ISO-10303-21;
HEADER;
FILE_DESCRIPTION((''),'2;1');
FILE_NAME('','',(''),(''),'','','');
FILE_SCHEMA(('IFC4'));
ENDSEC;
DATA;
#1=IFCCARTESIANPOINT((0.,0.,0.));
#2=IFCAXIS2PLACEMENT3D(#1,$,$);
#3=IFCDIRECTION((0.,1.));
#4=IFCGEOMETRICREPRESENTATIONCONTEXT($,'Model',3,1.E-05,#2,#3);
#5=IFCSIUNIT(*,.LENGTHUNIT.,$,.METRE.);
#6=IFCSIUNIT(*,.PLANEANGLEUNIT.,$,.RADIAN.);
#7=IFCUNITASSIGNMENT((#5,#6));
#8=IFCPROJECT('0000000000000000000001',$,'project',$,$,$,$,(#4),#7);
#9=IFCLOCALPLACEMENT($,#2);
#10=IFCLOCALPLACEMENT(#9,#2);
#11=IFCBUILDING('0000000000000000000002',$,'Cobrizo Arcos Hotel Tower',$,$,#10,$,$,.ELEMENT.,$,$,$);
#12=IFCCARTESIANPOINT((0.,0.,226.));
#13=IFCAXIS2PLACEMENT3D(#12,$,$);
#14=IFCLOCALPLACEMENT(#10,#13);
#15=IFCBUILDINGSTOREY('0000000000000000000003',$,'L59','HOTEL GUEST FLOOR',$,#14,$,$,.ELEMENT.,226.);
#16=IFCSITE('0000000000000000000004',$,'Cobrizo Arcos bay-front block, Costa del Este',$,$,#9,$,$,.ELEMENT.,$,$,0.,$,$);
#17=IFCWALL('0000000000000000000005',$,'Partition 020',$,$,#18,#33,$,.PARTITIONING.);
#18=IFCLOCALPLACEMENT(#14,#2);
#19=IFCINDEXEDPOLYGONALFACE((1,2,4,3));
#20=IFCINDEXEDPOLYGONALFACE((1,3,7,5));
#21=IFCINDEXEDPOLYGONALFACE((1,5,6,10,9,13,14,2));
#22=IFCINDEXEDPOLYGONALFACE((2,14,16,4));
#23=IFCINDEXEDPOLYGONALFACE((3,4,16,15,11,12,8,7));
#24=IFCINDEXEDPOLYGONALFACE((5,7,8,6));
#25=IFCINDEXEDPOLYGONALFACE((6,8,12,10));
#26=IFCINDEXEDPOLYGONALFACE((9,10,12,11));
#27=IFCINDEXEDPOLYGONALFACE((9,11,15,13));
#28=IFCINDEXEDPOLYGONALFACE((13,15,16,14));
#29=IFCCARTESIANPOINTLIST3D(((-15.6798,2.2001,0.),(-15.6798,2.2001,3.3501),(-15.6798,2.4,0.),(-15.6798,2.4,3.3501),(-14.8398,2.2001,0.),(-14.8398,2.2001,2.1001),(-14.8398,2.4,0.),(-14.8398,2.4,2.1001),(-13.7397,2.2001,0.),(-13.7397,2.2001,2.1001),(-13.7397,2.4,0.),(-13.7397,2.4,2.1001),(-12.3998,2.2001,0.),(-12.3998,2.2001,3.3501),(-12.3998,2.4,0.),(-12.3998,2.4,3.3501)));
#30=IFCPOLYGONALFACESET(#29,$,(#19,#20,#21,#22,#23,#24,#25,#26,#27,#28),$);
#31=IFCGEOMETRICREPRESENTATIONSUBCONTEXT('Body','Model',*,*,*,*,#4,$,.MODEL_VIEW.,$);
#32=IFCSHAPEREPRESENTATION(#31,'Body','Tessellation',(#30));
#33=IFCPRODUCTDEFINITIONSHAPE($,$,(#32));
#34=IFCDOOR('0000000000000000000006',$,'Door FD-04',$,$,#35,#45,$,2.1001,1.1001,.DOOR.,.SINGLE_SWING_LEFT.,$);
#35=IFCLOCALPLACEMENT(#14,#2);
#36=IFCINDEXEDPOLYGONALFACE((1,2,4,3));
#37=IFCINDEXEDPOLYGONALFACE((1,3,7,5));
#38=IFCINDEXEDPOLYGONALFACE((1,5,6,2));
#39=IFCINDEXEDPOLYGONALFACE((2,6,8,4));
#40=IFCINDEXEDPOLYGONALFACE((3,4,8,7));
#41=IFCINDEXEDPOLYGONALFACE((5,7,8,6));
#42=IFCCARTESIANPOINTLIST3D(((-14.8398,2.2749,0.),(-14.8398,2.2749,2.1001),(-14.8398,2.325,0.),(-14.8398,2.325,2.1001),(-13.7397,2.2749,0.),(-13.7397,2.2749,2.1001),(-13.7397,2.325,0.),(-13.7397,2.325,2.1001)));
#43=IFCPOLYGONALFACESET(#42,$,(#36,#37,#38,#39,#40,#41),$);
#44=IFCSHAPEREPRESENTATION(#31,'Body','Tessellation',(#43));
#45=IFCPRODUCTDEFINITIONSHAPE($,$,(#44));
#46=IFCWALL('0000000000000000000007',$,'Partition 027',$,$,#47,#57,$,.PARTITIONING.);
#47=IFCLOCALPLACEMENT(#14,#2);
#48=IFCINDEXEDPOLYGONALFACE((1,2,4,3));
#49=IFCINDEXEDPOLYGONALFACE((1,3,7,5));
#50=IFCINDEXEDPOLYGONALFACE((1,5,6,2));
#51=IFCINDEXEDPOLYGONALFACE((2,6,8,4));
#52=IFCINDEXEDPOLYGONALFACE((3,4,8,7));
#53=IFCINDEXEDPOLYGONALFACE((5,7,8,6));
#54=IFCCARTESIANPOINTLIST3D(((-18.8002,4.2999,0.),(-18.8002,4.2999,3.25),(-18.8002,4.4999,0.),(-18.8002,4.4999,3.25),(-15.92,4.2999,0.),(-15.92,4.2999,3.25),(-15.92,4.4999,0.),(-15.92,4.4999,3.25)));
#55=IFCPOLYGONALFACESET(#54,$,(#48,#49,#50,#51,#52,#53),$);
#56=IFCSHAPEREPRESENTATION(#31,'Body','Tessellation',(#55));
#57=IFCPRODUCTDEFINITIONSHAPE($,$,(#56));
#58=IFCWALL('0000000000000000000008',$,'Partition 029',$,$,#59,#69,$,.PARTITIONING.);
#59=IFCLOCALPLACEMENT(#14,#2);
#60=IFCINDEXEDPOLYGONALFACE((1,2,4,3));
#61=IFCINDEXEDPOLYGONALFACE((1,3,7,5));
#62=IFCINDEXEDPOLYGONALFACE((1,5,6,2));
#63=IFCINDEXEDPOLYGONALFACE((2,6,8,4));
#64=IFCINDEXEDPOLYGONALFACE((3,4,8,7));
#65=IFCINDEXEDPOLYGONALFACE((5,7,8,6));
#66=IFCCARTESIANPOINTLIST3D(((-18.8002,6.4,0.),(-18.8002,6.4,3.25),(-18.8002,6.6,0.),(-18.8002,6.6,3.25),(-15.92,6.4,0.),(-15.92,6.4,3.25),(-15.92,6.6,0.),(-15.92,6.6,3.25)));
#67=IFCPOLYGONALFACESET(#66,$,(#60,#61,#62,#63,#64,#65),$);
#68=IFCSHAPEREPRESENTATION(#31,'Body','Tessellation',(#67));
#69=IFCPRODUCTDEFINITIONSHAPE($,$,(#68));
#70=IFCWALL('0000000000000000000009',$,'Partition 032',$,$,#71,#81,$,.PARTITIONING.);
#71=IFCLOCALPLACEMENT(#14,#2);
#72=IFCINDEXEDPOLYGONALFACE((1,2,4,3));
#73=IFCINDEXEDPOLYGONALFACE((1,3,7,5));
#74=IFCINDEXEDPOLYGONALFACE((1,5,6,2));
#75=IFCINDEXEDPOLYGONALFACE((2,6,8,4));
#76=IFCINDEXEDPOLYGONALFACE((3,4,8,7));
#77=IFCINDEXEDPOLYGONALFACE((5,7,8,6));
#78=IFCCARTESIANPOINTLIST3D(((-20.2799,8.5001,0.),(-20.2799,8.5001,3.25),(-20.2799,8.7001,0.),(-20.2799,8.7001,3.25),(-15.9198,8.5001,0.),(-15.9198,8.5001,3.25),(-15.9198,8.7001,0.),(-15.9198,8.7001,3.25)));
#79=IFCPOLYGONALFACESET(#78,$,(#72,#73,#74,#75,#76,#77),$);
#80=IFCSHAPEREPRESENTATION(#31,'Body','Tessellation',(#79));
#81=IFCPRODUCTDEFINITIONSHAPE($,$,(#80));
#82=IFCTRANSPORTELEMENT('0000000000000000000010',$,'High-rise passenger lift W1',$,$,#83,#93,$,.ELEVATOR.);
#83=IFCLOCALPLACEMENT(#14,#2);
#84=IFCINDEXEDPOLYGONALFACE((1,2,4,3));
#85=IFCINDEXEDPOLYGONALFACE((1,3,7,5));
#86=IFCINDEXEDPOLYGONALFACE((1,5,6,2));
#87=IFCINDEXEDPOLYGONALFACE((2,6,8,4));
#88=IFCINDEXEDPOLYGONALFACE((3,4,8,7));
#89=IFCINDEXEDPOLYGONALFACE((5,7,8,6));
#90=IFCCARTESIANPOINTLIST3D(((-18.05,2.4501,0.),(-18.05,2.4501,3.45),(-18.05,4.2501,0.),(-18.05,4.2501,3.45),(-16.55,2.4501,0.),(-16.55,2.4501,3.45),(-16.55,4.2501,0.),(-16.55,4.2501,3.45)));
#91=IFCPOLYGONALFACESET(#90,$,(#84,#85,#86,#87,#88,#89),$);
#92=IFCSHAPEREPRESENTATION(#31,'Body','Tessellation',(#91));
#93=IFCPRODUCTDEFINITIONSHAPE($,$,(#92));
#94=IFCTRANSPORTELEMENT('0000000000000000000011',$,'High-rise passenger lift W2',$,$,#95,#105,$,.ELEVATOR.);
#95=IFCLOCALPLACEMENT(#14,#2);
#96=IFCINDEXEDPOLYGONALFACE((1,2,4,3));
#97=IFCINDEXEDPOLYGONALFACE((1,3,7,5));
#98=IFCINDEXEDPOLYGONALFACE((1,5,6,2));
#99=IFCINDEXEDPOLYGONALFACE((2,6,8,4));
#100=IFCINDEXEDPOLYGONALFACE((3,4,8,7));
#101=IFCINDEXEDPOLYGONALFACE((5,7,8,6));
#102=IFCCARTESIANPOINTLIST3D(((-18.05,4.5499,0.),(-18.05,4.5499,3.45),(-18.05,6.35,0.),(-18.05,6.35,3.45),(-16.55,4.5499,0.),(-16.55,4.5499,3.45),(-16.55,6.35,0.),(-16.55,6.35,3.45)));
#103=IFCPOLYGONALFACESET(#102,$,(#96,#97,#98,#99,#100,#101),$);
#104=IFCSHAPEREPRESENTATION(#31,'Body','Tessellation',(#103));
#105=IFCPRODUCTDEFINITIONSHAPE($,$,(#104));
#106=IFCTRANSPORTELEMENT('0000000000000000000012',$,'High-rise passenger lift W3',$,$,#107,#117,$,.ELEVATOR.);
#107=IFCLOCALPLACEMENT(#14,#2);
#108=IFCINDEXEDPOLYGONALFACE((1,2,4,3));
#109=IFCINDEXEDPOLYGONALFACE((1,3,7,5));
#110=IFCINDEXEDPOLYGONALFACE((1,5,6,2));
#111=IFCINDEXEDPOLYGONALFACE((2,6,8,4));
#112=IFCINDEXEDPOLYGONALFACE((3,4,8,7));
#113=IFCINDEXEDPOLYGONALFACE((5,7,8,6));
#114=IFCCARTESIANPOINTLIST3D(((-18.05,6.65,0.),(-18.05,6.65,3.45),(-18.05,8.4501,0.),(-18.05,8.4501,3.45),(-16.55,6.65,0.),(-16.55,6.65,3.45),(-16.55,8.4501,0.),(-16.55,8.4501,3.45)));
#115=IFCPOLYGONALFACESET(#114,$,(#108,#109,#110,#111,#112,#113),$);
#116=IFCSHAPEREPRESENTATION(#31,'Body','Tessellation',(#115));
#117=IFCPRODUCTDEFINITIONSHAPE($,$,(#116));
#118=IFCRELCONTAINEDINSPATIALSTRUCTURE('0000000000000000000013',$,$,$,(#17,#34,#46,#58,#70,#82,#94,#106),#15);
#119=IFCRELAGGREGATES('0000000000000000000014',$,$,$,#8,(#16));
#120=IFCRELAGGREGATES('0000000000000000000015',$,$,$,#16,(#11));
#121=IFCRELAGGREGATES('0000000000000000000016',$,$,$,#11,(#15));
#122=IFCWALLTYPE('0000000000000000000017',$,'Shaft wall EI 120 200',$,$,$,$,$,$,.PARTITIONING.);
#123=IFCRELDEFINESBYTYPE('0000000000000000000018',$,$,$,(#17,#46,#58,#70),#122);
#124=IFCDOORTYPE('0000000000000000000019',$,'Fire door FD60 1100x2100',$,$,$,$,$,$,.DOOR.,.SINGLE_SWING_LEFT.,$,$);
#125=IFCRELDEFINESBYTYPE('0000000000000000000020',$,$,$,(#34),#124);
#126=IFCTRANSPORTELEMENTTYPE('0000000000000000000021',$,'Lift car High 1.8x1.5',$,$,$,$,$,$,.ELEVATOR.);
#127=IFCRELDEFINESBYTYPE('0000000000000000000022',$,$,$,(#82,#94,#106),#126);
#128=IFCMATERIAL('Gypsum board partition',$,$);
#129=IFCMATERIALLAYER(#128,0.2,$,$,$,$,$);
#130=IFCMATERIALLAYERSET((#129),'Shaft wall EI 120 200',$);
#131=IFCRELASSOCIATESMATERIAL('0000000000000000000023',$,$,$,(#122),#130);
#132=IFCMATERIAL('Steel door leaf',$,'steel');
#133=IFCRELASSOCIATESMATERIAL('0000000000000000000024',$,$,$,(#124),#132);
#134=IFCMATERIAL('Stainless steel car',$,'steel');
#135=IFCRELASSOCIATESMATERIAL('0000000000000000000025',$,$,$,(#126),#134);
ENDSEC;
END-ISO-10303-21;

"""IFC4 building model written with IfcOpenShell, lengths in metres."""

from ifc_helpers import new_model, si_unit, direction, frame, frame_2d, origin, origin_2d, place, context, subcontext, project, spatial, rectangle, extrude, material, layer, layer_set, type_object, element, fill, save


model = new_model("IFC4")

# Units and contexts
model_context = context("Model", 3, precision=1e-05, world=origin(), true_north=direction((0.0, 1.0)))
body_context = subcontext(model_context, "Body", "Model", "MODEL_VIEW")
ifc_project = project(units=[si_unit("LENGTHUNIT", "METRE"), si_unit("PLANEANGLEUNIT", "RADIAN")], contexts=[model_context])

# Site, building, storey
site_placement = place(None, origin())
site = spatial("IfcSite", under=ifc_project, at=site_placement, Name="Cobrizo Arcos bay-front block, Costa del Este", CompositionType="ELEMENT", RefElevation=0.0)
building_placement = place(site_placement, origin())
building = spatial("IfcBuilding", under=site, at=building_placement, Name="Cobrizo Arcos Hotel Tower", CompositionType="ELEMENT")
storey_placement = place(building_placement, frame((0.0, 0.0, 226.0)))
storey = spatial("IfcBuildingStorey", under=building, at=storey_placement, Name="L59", Description="HOTEL GUEST FLOOR", CompositionType="ELEMENT", Elevation=226.0)

# Shared definitions
ifc_material_1 = material(Name="Gypsum board partition")

# Shared definitions
ifc_layer_1 = layer(ifc_material_1, 0.2)
ifc_layer_set_1 = layer_set([ifc_layer_1], Name="Shaft wall EI 120 200")
wall_type_1 = type_object("IfcWallType", Name="Shaft wall EI 120 200", PredefinedType="PARTITIONING", material=ifc_layer_set_1)

# Wall, opening, door
wall_1_placement = place(storey_placement, frame((-15.6799, 2.3, 0.0), z_axis=(0.0, 0.0, 1.0), x_axis=(1.0, 0.0, 0.0)))
wall_1 = element("IfcWall", 1, at=wall_1_placement, inside=storey, type_object=wall_type_1, Name="Partition 020", PredefinedType="PARTITIONING", context=body_context, shape_type="SweptSolid", body=[
    extrude(rectangle(XDim=3.28, YDim=0.2, at=frame_2d((1.6401, 0.0))), origin(), (0.0, 0.0, 1.0), 3.3501),
])
opening_1_placement = place(wall_1_placement, frame((0.8401, 0.0, 0.0)))
opening_1 = element("IfcOpeningElement", 2, at=opening_1_placement, cuts=wall_1, PredefinedType="OPENING", context=body_context, shape_type="SweptSolid", body=[
    extrude(rectangle(XDim=1.1001, YDim=2.1001, at=frame_2d((0.55, 1.05))), frame((0.0, 0.1121, 0.0), z_axis=(0.0, -1.0, 0.0), x_axis=(1.0, 0.0, 0.0)), (0.0, 0.0, 1.0), 0.2239),
])
ifc_material_2 = material(Name="Steel door leaf", Category="steel")
door_type_1 = type_object("IfcDoorType", Name="Fire door FD60 1100x2100", OperationType="SINGLE_SWING_LEFT", PredefinedType="DOOR", material=ifc_material_2)
door_1_placement = place(opening_1_placement, origin())
door_1 = element("IfcDoor", 3, at=door_1_placement, inside=storey, type_object=door_type_1, Name="Door FD-04", OperationType="SINGLE_SWING_LEFT", OverallHeight=2.1001, OverallWidth=1.1001, PredefinedType="DOOR", context=body_context, shape_type="SweptSolid", body=[
    extrude(rectangle(XDim=1.1001, YDim=2.1001, at=frame_2d((0.55, 1.05))), frame((0.0, 0.0249, 0.0), z_axis=(0.0, -1.0, 0.0), x_axis=(1.0, 0.0, 0.0)), (0.0, 0.0, 1.0), 0.05),
])
fill(opening_1, door_1)

# Walls
for number, where, z_axis, x_axis, name in (
    (4, (-18.8, 4.3999, 0.0), (0.0, 0.0, 1.0), (1.0, 0.0, 0.0), "Partition 027"),
    (5, (-18.8, 6.5, 0.0), (0.0, 0.0, 1.0), (1.0, 0.0, 0.0), "Partition 029"),
):
    element("IfcWall", number, at=place(storey_placement, frame(where, z_axis=z_axis, x_axis=x_axis)), inside=storey, type_object=wall_type_1, Name=name, PredefinedType="PARTITIONING", context=body_context, shape_type="SweptSolid", body=[
        extrude(rectangle(XDim=2.8801, YDim=0.2, at=frame_2d((1.4399, 0.0))), origin(), (0.0, 0.0, 1.0), 3.25),
    ])
wall_2_placement = place(storey_placement, frame((-20.28, 8.6001, 0.0), z_axis=(0.0, 0.0, 1.0), x_axis=(1.0, 0.0, 0.0)))
element("IfcWall", 6, at=wall_2_placement, inside=storey, type_object=wall_type_1, Name="Partition 032", PredefinedType="PARTITIONING", context=body_context, shape_type="SweptSolid", body=[
    extrude(rectangle(XDim=4.3601, YDim=0.2, at=frame_2d((2.1802, 0.0))), origin(), (0.0, 0.0, 1.0), 3.25),
])

# Transport elements
ifc_material_3 = material(Name="Stainless steel car", Category="steel")
transport_element_type = type_object("IfcTransportElementType", Name="Lift car High 1.8x1.5", PredefinedType="ELEVATOR", material=ifc_material_3)
for number, where, z_axis, x_axis, name in (
    (7, (-17.3, 3.3501, 0.0), (0.0, 0.0, 1.0), (1.0, 0.0, 0.0), "High-rise passenger lift W1"),
    (8, (-17.3, 5.45, 0.0), (0.0, 0.0, 1.0), (1.0, 0.0, 0.0), "High-rise passenger lift W2"),
    (9, (-17.3, 7.55, 0.0), (0.0, 0.0, 1.0), (1.0, 0.0, 0.0), "High-rise passenger lift W3"),
):
    element("IfcTransportElement", number, at=place(storey_placement, frame(where, z_axis=z_axis, x_axis=x_axis)), inside=storey, type_object=transport_element_type, Name=name, PredefinedType="ELEVATOR", context=body_context, shape_type="SweptSolid", body=[
        extrude(rectangle(XDim=1.5, YDim=1.8, at=origin_2d()), origin(), (0.0, 0.0, 1.0), 3.45),
    ])

save(model, "model.ifc")
